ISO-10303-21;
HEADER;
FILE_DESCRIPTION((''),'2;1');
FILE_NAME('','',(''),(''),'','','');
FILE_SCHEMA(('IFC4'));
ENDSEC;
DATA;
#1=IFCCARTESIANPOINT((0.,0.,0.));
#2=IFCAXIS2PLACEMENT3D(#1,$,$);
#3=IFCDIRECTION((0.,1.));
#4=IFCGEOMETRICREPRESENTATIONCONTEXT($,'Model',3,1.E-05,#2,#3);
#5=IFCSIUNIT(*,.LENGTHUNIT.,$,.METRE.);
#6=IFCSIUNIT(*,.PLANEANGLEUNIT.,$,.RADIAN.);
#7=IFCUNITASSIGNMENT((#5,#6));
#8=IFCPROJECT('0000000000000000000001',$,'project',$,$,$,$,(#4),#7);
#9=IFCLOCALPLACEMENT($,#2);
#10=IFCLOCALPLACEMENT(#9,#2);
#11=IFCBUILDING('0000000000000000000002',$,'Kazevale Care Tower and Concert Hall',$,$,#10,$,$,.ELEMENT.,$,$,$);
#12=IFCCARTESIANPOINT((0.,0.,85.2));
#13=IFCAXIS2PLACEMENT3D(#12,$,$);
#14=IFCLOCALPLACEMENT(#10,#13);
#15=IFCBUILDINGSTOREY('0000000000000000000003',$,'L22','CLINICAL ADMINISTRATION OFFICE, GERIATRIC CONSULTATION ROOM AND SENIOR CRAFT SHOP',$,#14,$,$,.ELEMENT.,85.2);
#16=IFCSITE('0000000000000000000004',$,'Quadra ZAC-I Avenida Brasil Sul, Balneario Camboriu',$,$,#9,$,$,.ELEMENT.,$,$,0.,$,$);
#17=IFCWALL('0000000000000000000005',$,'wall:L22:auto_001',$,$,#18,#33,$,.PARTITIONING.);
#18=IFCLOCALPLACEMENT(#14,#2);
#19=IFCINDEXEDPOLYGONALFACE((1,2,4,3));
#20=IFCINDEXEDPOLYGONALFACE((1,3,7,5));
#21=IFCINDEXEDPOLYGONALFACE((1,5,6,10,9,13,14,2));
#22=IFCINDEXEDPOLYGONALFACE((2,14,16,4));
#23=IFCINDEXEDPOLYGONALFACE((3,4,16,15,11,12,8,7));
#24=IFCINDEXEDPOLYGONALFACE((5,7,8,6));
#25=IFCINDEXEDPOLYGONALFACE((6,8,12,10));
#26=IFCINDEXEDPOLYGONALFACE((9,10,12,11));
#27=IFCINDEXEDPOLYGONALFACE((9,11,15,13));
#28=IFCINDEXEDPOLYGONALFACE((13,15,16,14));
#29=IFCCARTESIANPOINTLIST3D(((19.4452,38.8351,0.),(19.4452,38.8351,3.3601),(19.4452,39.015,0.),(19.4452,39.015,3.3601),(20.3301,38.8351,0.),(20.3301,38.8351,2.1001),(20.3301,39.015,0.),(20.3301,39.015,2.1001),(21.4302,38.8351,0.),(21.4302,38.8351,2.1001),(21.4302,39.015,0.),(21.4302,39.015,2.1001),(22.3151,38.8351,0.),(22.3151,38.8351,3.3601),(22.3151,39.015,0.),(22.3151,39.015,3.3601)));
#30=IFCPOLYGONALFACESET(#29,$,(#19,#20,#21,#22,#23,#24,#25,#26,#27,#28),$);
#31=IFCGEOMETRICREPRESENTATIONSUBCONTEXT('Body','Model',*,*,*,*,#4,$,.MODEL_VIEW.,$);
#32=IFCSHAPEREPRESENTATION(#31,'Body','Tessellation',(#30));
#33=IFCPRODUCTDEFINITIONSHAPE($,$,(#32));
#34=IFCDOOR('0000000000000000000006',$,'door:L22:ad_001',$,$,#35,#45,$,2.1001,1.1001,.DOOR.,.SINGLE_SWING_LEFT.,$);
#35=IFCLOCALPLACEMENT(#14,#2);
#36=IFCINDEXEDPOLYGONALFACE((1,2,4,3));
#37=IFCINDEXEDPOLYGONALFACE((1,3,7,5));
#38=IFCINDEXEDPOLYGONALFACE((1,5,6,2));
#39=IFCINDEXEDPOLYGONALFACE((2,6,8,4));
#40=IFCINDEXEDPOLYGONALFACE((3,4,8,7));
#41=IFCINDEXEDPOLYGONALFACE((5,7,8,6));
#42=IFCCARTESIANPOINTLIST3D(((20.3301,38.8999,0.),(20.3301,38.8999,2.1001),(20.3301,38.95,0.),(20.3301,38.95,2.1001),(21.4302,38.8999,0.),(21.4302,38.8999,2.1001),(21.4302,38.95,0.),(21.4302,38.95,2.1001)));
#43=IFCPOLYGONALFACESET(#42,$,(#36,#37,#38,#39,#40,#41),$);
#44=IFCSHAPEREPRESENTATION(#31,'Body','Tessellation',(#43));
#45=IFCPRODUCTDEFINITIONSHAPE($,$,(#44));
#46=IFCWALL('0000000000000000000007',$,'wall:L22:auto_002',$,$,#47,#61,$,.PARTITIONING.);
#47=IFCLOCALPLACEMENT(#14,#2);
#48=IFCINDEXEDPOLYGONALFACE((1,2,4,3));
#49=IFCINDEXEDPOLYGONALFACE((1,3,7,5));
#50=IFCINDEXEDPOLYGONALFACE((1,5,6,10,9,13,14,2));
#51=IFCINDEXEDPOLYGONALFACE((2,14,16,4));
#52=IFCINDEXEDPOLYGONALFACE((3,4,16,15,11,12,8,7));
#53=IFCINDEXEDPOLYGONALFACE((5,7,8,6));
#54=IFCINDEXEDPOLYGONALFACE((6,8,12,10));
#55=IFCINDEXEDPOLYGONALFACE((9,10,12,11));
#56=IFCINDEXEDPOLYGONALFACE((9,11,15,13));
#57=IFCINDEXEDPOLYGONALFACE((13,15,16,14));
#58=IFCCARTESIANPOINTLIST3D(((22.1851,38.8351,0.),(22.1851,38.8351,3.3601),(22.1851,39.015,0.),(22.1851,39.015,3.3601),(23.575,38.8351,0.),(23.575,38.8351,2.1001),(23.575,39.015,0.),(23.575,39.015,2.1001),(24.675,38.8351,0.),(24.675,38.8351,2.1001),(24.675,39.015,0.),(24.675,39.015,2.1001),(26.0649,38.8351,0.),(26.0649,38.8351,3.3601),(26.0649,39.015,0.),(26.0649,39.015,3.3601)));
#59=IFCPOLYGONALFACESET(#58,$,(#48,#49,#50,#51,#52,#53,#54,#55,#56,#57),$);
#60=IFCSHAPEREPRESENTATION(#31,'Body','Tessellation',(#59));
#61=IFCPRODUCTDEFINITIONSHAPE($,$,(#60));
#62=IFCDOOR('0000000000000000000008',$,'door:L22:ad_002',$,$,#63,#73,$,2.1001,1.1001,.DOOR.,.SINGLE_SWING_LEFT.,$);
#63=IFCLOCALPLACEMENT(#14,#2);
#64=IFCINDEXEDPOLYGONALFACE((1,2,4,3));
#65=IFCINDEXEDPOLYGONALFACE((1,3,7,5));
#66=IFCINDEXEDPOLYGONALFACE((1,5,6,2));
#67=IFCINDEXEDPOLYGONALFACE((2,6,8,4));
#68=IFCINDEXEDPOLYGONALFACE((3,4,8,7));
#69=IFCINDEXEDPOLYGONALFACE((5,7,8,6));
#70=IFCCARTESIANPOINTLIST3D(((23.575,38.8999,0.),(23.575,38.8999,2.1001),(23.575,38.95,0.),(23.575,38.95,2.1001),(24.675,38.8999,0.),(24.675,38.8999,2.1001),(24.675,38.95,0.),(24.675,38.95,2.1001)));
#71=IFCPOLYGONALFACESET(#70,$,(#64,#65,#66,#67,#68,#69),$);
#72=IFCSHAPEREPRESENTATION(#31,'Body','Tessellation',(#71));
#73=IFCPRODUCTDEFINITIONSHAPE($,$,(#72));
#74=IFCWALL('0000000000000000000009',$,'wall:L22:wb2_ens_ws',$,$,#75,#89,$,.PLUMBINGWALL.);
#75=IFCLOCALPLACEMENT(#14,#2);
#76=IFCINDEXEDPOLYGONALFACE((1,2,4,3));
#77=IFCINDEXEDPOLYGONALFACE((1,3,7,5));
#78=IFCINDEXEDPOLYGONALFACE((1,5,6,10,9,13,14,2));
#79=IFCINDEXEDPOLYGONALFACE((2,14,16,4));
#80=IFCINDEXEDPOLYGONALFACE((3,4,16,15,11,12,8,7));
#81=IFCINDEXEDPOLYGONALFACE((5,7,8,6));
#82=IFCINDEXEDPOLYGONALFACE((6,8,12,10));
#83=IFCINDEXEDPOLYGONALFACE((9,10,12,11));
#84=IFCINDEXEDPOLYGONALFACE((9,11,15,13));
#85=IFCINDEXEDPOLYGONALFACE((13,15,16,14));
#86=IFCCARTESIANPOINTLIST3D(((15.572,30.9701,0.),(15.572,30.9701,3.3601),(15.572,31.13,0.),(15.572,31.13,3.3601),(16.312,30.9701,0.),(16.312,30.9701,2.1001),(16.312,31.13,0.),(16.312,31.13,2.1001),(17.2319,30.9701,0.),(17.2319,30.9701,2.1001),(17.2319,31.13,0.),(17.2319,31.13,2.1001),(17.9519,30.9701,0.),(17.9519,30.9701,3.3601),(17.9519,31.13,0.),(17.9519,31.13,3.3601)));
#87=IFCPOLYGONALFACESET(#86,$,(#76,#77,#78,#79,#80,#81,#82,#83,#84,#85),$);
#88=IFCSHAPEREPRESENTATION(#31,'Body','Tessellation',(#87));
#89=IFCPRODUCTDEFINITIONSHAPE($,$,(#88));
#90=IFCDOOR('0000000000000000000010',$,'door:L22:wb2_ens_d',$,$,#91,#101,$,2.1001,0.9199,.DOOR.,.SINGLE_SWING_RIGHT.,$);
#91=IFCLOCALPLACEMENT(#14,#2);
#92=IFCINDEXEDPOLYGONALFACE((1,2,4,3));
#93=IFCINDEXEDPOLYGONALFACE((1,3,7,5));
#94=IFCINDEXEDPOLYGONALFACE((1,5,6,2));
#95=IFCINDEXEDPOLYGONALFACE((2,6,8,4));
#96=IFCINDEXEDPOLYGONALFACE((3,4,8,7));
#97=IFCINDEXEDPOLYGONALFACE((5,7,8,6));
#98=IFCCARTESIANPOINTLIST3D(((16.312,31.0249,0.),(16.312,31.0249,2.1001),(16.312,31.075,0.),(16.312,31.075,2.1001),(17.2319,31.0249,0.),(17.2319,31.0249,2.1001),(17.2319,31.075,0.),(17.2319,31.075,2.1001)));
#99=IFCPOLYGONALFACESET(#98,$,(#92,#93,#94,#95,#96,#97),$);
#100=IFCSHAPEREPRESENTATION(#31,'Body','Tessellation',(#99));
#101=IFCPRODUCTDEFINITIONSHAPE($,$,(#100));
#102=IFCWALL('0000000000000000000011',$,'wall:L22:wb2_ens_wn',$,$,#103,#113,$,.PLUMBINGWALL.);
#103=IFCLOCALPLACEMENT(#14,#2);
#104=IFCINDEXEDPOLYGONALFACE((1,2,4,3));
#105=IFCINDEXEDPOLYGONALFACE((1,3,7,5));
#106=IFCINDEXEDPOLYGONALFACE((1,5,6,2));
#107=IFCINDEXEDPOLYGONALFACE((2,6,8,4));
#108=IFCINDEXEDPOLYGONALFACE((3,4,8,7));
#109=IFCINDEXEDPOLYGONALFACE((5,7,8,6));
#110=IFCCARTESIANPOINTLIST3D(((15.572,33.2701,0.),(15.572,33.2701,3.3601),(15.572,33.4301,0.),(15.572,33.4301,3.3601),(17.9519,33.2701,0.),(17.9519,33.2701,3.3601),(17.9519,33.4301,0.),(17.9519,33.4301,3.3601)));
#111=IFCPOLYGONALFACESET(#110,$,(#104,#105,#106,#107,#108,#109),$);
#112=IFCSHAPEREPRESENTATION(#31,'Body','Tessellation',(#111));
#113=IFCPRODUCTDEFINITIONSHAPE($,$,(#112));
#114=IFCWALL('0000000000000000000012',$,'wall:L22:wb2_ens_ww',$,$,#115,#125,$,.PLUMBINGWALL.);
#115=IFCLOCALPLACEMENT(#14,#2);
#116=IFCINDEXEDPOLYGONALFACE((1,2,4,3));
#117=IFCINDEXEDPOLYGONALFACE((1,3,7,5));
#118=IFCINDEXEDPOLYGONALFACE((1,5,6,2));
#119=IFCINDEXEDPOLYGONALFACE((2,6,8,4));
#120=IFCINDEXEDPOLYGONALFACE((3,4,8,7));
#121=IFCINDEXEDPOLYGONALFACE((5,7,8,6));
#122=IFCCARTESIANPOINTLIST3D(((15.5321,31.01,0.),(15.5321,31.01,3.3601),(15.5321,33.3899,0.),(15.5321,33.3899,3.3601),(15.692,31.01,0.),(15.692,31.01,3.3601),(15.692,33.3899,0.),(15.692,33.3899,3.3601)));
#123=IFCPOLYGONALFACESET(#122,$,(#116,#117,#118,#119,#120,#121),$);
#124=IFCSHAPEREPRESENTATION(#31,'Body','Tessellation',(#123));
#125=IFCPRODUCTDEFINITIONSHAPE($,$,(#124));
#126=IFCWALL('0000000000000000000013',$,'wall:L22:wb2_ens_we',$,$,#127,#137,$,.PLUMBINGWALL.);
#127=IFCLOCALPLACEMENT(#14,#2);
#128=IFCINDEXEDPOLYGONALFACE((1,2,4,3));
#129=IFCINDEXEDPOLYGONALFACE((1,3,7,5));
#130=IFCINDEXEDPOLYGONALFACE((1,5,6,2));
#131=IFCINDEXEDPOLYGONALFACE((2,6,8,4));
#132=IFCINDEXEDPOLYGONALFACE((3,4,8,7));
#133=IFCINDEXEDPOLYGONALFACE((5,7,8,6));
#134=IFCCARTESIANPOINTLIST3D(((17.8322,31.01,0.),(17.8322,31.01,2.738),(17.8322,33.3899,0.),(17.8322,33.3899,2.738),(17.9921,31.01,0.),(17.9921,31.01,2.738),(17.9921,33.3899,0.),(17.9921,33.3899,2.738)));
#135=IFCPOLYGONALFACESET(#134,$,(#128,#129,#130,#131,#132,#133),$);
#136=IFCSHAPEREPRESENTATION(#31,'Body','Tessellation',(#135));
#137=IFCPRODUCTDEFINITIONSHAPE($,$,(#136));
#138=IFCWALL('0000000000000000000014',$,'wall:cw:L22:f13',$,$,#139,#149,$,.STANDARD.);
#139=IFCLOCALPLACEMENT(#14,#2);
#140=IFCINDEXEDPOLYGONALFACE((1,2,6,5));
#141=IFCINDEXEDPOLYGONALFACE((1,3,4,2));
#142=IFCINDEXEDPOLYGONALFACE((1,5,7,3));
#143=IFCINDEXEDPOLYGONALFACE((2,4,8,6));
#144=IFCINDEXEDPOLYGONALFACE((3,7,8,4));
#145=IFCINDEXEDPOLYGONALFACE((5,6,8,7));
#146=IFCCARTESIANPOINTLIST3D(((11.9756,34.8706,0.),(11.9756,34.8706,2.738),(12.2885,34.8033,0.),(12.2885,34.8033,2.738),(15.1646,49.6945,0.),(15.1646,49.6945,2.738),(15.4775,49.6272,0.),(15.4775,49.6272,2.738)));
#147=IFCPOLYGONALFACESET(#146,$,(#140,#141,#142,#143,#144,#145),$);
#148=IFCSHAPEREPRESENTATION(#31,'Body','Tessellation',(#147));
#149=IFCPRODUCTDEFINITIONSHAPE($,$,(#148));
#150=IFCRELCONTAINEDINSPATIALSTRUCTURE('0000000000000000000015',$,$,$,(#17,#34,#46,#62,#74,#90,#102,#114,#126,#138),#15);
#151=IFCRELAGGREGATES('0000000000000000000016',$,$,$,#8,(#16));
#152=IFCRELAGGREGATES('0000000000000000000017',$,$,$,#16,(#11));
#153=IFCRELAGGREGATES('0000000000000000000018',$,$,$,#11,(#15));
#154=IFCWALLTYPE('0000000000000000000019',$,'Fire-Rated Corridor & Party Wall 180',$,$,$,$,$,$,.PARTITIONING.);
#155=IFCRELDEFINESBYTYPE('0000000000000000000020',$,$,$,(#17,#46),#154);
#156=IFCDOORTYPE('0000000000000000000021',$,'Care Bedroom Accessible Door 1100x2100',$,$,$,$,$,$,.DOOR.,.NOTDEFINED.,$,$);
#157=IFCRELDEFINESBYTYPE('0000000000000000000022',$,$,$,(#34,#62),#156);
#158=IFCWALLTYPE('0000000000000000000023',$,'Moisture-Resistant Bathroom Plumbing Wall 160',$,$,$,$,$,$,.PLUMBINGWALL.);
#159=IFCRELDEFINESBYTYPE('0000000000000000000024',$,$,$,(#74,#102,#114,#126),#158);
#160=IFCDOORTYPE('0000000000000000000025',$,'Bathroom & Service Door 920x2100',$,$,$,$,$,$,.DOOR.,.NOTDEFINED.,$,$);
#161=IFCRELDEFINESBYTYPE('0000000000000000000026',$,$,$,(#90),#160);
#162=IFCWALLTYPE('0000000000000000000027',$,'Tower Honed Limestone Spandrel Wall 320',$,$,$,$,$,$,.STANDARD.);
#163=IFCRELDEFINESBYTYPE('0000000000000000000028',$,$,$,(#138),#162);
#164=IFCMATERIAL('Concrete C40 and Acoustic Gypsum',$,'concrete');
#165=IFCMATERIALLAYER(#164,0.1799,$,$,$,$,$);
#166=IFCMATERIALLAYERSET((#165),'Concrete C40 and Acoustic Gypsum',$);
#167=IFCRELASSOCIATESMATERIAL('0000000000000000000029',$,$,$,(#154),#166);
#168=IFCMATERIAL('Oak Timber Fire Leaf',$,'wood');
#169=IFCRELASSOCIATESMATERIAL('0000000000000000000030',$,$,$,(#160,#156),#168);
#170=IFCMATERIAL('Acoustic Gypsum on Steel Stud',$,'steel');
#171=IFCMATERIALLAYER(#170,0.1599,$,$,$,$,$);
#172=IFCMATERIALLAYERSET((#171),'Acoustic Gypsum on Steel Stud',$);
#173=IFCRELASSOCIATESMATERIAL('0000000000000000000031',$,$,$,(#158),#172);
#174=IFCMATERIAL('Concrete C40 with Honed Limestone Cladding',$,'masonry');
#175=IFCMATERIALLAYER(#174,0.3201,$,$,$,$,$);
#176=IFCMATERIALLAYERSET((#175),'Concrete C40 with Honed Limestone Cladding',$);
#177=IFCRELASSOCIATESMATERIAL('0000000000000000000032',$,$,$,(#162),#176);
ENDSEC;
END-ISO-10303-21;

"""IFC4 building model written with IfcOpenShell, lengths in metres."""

from ifc_helpers import new_model, si_unit, direction, frame, frame_2d, origin, place, context, subcontext, project, spatial, rectangle, extrude, material, layer, layer_set, type_object, element, fill, save


model = new_model("IFC4")

# Units and contexts
model_context = context("Model", 3, precision=1e-05, world=origin(), true_north=direction((0.0, 1.0)))
body_context = subcontext(model_context, "Body", "Model", "MODEL_VIEW")
ifc_project = project(units=[si_unit("LENGTHUNIT", "METRE"), si_unit("PLANEANGLEUNIT", "RADIAN")], contexts=[model_context])

# Site, building, storey
site_placement = place(None, origin())
site = spatial("IfcSite", under=ifc_project, at=site_placement, Name="Quadra ZAC-I Avenida Brasil Sul, Balneario Camboriu", CompositionType="ELEMENT", RefElevation=0.0)
building_placement = place(site_placement, origin())
building = spatial("IfcBuilding", under=site, at=building_placement, Name="Kazevale Care Tower and Concert Hall", CompositionType="ELEMENT")
storey_placement = place(building_placement, frame((0.0, 0.0, 85.2)))
storey = spatial("IfcBuildingStorey", under=building, at=storey_placement, Name="L22", Description="CLINICAL ADMINISTRATION OFFICE, GERIATRIC CONSULTATION ROOM AND SENIOR CRAFT SHOP", CompositionType="ELEMENT", Elevation=85.2)

# Walls, openings, doors
ifc_material_1 = material(Name="Concrete C40 and Acoustic Gypsum", Category="concrete")
ifc_layer_1 = layer(ifc_material_1, 0.1799)
ifc_layer_set_1 = layer_set([ifc_layer_1], Name="Concrete C40 and Acoustic Gypsum")
wall_type_1 = type_object("IfcWallType", Name="Fire-Rated Corridor & Party Wall 180", PredefinedType="PARTITIONING", material=ifc_layer_set_1)
ifc_material_2 = material(Name="Oak Timber Fire Leaf", Category="wood")
door_type_1 = type_object("IfcDoorType", Name="Bathroom & Service Door 920x2100", OperationType="NOTDEFINED", PredefinedType="DOOR", material=ifc_material_2)
wall_1_placement = place(storey_placement, frame((19.4451, 38.925, 0.0), z_axis=(0.0, 0.0, 1.0), x_axis=(1.0, 0.0, 0.0)))
wall_1 = element("IfcWall", 1, at=wall_1_placement, inside=storey, type_object=wall_type_1, Name="wall:L22:auto_001", PredefinedType="PARTITIONING", context=body_context, shape_type="SweptSolid", body=[
    extrude(rectangle(XDim=2.8699, YDim=0.1799, at=frame_2d((1.4351, 0.0))), origin(), (0.0, 0.0, 1.0), 3.3601),
])
opening_1_placement = place(wall_1_placement, frame((0.885, 0.0, 0.0)))
opening_1 = element("IfcOpeningElement", 2, at=opening_1_placement, cuts=wall_1, PredefinedType="OPENING", context=body_context, shape_type="SweptSolid", body=[
    extrude(rectangle(XDim=1.1001, YDim=2.1001, at=frame_2d((0.55, 1.05))), frame((0.0, 0.0999, 0.0), z_axis=(0.0, -1.0, 0.0), x_axis=(1.0, 0.0, 0.0)), (0.0, 0.0, 1.0), 0.2),
])
door_type_2 = type_object("IfcDoorType", Name="Care Bedroom Accessible Door 1100x2100", OperationType="NOTDEFINED", PredefinedType="DOOR", material=ifc_material_2)
door_1_placement = place(opening_1_placement, origin())
door_1 = element("IfcDoor", 3, at=door_1_placement, inside=storey, type_object=door_type_2, Name="door:L22:ad_001", OperationType="SINGLE_SWING_LEFT", OverallHeight=2.1001, OverallWidth=1.1001, PredefinedType="DOOR", context=body_context, shape_type="SweptSolid", body=[
    extrude(rectangle(XDim=1.1001, YDim=2.1001, at=frame_2d((0.55, 1.05))), frame((0.0, 0.0249, 0.0), z_axis=(0.0, -1.0, 0.0), x_axis=(1.0, 0.0, 0.0)), (0.0, 0.0, 1.0), 0.05),
])
fill(opening_1, door_1)
wall_2_placement = place(storey_placement, frame((22.1851, 38.925, 0.0), z_axis=(0.0, 0.0, 1.0), x_axis=(1.0, 0.0, 0.0)))
wall_2 = element("IfcWall", 4, at=wall_2_placement, inside=storey, type_object=wall_type_1, Name="wall:L22:auto_002", PredefinedType="PARTITIONING", context=body_context, shape_type="SweptSolid", body=[
    extrude(rectangle(XDim=3.8799, YDim=0.1799, at=frame_2d((1.9399, 0.0))), origin(), (0.0, 0.0, 1.0), 3.3601),
])
opening_2_placement = place(wall_2_placement, frame((1.3899, 0.0, 0.0)))
opening_2 = element("IfcOpeningElement", 5, at=opening_2_placement, cuts=wall_2, PredefinedType="OPENING", context=body_context, shape_type="SweptSolid", body=[
    extrude(rectangle(XDim=1.1001, YDim=2.1001, at=frame_2d((0.55, 1.05))), frame((0.0, 0.0999, 0.0), z_axis=(0.0, -1.0, 0.0), x_axis=(1.0, 0.0, 0.0)), (0.0, 0.0, 1.0), 0.2),
])
door_2_placement = place(opening_2_placement, origin())
door_2 = element("IfcDoor", 6, at=door_2_placement, inside=storey, type_object=door_type_2, Name="door:L22:ad_002", OperationType="SINGLE_SWING_LEFT", OverallHeight=2.1001, OverallWidth=1.1001, PredefinedType="DOOR", context=body_context, shape_type="SweptSolid", body=[
    extrude(rectangle(XDim=1.1001, YDim=2.1001, at=frame_2d((0.55, 1.05))), frame((0.0, 0.0249, 0.0), z_axis=(0.0, -1.0, 0.0), x_axis=(1.0, 0.0, 0.0)), (0.0, 0.0, 1.0), 0.05),
])
fill(opening_2, door_2)
ifc_material_3 = material(Name="Acoustic Gypsum on Steel Stud", Category="steel")
ifc_layer_2 = layer(ifc_material_3, 0.1599)
ifc_layer_set_2 = layer_set([ifc_layer_2], Name="Acoustic Gypsum on Steel Stud")
wall_type_2 = type_object("IfcWallType", Name="Moisture-Resistant Bathroom Plumbing Wall 160", PredefinedType="PLUMBINGWALL", material=ifc_layer_set_2)
wall_3_placement = place(storey_placement, frame((15.572, 31.05, 0.0), z_axis=(0.0, 0.0, 1.0), x_axis=(1.0, 0.0, 0.0)))
wall_3 = element("IfcWall", 7, at=wall_3_placement, inside=storey, type_object=wall_type_2, Name="wall:L22:wb2_ens_ws", PredefinedType="PLUMBINGWALL", context=body_context, shape_type="SweptSolid", body=[
    extrude(rectangle(XDim=2.3799, YDim=0.1599, at=frame_2d((1.1899, 0.0))), origin(), (0.0, 0.0, 1.0), 3.3601),
])
opening_3_placement = place(wall_3_placement, frame((0.74, 0.0, 0.0)))
opening_3 = element("IfcOpeningElement", 8, at=opening_3_placement, cuts=wall_3, PredefinedType="OPENING", context=body_context, shape_type="SweptSolid", body=[
    extrude(rectangle(XDim=0.9199, YDim=2.1001, at=frame_2d((0.46, 1.05))), frame((0.0, 0.0898, 0.0), z_axis=(0.0, -1.0, 0.0), x_axis=(1.0, 0.0, 0.0)), (0.0, 0.0, 1.0), 0.1799),
])
door_3_placement = place(opening_3_placement, origin())
door_3 = element("IfcDoor", 9, at=door_3_placement, inside=storey, type_object=door_type_1, Name="door:L22:wb2_ens_d", OperationType="SINGLE_SWING_RIGHT", OverallHeight=2.1001, OverallWidth=0.9199, PredefinedType="DOOR", context=body_context, shape_type="SweptSolid", body=[
    extrude(rectangle(XDim=0.9199, YDim=2.1001, at=frame_2d((0.46, 1.05))), frame((0.0, 0.0249, 0.0), z_axis=(0.0, -1.0, 0.0), x_axis=(1.0, 0.0, 0.0)), (0.0, 0.0, 1.0), 0.05),
])
fill(opening_3, door_3)

# Walls
for number, where, z_axis, x_axis, name in (
    (10, (15.572, 33.3501, 0.0), (0.0, 0.0, 1.0), (1.0, 0.0, 0.0), "wall:L22:wb2_ens_wn"),
    (11, (15.6121, 31.01, 0.0), (0.0, 0.0, 1.0), (0.0, 1.0, 0.0), "wall:L22:wb2_ens_ww"),
):
    element("IfcWall", number, at=place(storey_placement, frame(where, z_axis=z_axis, x_axis=x_axis)), inside=storey, type_object=wall_type_2, Name=name, PredefinedType="PLUMBINGWALL", context=body_context, shape_type="SweptSolid", body=[
        extrude(rectangle(XDim=2.3799, YDim=0.1599, at=frame_2d((1.1899, 0.0))), origin(), (0.0, 0.0, 1.0), 3.3601),
    ])
wall_4_placement = place(storey_placement, frame((17.9121, 31.01, 0.0), z_axis=(0.0, 0.0, 1.0), x_axis=(0.0, 1.0, 0.0)))
element("IfcWall", 12, at=wall_4_placement, inside=storey, type_object=wall_type_2, Name="wall:L22:wb2_ens_we", PredefinedType="PLUMBINGWALL", context=body_context, shape_type="SweptSolid", body=[
    extrude(rectangle(XDim=2.3799, YDim=0.1599, at=frame_2d((1.1899, 0.0))), origin(), (0.0, 0.0, 1.0), 2.738),
])
ifc_material_4 = material(Name="Concrete C40 with Honed Limestone Cladding", Category="masonry")
ifc_layer_3 = layer(ifc_material_4, 0.3201)
ifc_layer_set_3 = layer_set([ifc_layer_3], Name="Concrete C40 with Honed Limestone Cladding")
wall_type_3 = type_object("IfcWallType", Name="Tower Honed Limestone Spandrel Wall 320", PredefinedType="STANDARD", material=ifc_layer_set_3)
wall_5_placement = place(storey_placement, frame((12.1321, 34.8369, 0.0), z_axis=(0.0, 0.0, 1.0), x_axis=(0.210311, 0.977635, 0.0)))
element("IfcWall", 13, at=wall_5_placement, inside=storey, type_object=wall_type_3, Name="wall:cw:L22:f13", PredefinedType="STANDARD", context=body_context, shape_type="SweptSolid", body=[
    extrude(rectangle(XDim=15.1631, YDim=0.3201, at=frame_2d((7.5815, 0.0))), origin(), (0.0, 0.0, 1.0), 2.738),
])

save(model, "model.ifc")
